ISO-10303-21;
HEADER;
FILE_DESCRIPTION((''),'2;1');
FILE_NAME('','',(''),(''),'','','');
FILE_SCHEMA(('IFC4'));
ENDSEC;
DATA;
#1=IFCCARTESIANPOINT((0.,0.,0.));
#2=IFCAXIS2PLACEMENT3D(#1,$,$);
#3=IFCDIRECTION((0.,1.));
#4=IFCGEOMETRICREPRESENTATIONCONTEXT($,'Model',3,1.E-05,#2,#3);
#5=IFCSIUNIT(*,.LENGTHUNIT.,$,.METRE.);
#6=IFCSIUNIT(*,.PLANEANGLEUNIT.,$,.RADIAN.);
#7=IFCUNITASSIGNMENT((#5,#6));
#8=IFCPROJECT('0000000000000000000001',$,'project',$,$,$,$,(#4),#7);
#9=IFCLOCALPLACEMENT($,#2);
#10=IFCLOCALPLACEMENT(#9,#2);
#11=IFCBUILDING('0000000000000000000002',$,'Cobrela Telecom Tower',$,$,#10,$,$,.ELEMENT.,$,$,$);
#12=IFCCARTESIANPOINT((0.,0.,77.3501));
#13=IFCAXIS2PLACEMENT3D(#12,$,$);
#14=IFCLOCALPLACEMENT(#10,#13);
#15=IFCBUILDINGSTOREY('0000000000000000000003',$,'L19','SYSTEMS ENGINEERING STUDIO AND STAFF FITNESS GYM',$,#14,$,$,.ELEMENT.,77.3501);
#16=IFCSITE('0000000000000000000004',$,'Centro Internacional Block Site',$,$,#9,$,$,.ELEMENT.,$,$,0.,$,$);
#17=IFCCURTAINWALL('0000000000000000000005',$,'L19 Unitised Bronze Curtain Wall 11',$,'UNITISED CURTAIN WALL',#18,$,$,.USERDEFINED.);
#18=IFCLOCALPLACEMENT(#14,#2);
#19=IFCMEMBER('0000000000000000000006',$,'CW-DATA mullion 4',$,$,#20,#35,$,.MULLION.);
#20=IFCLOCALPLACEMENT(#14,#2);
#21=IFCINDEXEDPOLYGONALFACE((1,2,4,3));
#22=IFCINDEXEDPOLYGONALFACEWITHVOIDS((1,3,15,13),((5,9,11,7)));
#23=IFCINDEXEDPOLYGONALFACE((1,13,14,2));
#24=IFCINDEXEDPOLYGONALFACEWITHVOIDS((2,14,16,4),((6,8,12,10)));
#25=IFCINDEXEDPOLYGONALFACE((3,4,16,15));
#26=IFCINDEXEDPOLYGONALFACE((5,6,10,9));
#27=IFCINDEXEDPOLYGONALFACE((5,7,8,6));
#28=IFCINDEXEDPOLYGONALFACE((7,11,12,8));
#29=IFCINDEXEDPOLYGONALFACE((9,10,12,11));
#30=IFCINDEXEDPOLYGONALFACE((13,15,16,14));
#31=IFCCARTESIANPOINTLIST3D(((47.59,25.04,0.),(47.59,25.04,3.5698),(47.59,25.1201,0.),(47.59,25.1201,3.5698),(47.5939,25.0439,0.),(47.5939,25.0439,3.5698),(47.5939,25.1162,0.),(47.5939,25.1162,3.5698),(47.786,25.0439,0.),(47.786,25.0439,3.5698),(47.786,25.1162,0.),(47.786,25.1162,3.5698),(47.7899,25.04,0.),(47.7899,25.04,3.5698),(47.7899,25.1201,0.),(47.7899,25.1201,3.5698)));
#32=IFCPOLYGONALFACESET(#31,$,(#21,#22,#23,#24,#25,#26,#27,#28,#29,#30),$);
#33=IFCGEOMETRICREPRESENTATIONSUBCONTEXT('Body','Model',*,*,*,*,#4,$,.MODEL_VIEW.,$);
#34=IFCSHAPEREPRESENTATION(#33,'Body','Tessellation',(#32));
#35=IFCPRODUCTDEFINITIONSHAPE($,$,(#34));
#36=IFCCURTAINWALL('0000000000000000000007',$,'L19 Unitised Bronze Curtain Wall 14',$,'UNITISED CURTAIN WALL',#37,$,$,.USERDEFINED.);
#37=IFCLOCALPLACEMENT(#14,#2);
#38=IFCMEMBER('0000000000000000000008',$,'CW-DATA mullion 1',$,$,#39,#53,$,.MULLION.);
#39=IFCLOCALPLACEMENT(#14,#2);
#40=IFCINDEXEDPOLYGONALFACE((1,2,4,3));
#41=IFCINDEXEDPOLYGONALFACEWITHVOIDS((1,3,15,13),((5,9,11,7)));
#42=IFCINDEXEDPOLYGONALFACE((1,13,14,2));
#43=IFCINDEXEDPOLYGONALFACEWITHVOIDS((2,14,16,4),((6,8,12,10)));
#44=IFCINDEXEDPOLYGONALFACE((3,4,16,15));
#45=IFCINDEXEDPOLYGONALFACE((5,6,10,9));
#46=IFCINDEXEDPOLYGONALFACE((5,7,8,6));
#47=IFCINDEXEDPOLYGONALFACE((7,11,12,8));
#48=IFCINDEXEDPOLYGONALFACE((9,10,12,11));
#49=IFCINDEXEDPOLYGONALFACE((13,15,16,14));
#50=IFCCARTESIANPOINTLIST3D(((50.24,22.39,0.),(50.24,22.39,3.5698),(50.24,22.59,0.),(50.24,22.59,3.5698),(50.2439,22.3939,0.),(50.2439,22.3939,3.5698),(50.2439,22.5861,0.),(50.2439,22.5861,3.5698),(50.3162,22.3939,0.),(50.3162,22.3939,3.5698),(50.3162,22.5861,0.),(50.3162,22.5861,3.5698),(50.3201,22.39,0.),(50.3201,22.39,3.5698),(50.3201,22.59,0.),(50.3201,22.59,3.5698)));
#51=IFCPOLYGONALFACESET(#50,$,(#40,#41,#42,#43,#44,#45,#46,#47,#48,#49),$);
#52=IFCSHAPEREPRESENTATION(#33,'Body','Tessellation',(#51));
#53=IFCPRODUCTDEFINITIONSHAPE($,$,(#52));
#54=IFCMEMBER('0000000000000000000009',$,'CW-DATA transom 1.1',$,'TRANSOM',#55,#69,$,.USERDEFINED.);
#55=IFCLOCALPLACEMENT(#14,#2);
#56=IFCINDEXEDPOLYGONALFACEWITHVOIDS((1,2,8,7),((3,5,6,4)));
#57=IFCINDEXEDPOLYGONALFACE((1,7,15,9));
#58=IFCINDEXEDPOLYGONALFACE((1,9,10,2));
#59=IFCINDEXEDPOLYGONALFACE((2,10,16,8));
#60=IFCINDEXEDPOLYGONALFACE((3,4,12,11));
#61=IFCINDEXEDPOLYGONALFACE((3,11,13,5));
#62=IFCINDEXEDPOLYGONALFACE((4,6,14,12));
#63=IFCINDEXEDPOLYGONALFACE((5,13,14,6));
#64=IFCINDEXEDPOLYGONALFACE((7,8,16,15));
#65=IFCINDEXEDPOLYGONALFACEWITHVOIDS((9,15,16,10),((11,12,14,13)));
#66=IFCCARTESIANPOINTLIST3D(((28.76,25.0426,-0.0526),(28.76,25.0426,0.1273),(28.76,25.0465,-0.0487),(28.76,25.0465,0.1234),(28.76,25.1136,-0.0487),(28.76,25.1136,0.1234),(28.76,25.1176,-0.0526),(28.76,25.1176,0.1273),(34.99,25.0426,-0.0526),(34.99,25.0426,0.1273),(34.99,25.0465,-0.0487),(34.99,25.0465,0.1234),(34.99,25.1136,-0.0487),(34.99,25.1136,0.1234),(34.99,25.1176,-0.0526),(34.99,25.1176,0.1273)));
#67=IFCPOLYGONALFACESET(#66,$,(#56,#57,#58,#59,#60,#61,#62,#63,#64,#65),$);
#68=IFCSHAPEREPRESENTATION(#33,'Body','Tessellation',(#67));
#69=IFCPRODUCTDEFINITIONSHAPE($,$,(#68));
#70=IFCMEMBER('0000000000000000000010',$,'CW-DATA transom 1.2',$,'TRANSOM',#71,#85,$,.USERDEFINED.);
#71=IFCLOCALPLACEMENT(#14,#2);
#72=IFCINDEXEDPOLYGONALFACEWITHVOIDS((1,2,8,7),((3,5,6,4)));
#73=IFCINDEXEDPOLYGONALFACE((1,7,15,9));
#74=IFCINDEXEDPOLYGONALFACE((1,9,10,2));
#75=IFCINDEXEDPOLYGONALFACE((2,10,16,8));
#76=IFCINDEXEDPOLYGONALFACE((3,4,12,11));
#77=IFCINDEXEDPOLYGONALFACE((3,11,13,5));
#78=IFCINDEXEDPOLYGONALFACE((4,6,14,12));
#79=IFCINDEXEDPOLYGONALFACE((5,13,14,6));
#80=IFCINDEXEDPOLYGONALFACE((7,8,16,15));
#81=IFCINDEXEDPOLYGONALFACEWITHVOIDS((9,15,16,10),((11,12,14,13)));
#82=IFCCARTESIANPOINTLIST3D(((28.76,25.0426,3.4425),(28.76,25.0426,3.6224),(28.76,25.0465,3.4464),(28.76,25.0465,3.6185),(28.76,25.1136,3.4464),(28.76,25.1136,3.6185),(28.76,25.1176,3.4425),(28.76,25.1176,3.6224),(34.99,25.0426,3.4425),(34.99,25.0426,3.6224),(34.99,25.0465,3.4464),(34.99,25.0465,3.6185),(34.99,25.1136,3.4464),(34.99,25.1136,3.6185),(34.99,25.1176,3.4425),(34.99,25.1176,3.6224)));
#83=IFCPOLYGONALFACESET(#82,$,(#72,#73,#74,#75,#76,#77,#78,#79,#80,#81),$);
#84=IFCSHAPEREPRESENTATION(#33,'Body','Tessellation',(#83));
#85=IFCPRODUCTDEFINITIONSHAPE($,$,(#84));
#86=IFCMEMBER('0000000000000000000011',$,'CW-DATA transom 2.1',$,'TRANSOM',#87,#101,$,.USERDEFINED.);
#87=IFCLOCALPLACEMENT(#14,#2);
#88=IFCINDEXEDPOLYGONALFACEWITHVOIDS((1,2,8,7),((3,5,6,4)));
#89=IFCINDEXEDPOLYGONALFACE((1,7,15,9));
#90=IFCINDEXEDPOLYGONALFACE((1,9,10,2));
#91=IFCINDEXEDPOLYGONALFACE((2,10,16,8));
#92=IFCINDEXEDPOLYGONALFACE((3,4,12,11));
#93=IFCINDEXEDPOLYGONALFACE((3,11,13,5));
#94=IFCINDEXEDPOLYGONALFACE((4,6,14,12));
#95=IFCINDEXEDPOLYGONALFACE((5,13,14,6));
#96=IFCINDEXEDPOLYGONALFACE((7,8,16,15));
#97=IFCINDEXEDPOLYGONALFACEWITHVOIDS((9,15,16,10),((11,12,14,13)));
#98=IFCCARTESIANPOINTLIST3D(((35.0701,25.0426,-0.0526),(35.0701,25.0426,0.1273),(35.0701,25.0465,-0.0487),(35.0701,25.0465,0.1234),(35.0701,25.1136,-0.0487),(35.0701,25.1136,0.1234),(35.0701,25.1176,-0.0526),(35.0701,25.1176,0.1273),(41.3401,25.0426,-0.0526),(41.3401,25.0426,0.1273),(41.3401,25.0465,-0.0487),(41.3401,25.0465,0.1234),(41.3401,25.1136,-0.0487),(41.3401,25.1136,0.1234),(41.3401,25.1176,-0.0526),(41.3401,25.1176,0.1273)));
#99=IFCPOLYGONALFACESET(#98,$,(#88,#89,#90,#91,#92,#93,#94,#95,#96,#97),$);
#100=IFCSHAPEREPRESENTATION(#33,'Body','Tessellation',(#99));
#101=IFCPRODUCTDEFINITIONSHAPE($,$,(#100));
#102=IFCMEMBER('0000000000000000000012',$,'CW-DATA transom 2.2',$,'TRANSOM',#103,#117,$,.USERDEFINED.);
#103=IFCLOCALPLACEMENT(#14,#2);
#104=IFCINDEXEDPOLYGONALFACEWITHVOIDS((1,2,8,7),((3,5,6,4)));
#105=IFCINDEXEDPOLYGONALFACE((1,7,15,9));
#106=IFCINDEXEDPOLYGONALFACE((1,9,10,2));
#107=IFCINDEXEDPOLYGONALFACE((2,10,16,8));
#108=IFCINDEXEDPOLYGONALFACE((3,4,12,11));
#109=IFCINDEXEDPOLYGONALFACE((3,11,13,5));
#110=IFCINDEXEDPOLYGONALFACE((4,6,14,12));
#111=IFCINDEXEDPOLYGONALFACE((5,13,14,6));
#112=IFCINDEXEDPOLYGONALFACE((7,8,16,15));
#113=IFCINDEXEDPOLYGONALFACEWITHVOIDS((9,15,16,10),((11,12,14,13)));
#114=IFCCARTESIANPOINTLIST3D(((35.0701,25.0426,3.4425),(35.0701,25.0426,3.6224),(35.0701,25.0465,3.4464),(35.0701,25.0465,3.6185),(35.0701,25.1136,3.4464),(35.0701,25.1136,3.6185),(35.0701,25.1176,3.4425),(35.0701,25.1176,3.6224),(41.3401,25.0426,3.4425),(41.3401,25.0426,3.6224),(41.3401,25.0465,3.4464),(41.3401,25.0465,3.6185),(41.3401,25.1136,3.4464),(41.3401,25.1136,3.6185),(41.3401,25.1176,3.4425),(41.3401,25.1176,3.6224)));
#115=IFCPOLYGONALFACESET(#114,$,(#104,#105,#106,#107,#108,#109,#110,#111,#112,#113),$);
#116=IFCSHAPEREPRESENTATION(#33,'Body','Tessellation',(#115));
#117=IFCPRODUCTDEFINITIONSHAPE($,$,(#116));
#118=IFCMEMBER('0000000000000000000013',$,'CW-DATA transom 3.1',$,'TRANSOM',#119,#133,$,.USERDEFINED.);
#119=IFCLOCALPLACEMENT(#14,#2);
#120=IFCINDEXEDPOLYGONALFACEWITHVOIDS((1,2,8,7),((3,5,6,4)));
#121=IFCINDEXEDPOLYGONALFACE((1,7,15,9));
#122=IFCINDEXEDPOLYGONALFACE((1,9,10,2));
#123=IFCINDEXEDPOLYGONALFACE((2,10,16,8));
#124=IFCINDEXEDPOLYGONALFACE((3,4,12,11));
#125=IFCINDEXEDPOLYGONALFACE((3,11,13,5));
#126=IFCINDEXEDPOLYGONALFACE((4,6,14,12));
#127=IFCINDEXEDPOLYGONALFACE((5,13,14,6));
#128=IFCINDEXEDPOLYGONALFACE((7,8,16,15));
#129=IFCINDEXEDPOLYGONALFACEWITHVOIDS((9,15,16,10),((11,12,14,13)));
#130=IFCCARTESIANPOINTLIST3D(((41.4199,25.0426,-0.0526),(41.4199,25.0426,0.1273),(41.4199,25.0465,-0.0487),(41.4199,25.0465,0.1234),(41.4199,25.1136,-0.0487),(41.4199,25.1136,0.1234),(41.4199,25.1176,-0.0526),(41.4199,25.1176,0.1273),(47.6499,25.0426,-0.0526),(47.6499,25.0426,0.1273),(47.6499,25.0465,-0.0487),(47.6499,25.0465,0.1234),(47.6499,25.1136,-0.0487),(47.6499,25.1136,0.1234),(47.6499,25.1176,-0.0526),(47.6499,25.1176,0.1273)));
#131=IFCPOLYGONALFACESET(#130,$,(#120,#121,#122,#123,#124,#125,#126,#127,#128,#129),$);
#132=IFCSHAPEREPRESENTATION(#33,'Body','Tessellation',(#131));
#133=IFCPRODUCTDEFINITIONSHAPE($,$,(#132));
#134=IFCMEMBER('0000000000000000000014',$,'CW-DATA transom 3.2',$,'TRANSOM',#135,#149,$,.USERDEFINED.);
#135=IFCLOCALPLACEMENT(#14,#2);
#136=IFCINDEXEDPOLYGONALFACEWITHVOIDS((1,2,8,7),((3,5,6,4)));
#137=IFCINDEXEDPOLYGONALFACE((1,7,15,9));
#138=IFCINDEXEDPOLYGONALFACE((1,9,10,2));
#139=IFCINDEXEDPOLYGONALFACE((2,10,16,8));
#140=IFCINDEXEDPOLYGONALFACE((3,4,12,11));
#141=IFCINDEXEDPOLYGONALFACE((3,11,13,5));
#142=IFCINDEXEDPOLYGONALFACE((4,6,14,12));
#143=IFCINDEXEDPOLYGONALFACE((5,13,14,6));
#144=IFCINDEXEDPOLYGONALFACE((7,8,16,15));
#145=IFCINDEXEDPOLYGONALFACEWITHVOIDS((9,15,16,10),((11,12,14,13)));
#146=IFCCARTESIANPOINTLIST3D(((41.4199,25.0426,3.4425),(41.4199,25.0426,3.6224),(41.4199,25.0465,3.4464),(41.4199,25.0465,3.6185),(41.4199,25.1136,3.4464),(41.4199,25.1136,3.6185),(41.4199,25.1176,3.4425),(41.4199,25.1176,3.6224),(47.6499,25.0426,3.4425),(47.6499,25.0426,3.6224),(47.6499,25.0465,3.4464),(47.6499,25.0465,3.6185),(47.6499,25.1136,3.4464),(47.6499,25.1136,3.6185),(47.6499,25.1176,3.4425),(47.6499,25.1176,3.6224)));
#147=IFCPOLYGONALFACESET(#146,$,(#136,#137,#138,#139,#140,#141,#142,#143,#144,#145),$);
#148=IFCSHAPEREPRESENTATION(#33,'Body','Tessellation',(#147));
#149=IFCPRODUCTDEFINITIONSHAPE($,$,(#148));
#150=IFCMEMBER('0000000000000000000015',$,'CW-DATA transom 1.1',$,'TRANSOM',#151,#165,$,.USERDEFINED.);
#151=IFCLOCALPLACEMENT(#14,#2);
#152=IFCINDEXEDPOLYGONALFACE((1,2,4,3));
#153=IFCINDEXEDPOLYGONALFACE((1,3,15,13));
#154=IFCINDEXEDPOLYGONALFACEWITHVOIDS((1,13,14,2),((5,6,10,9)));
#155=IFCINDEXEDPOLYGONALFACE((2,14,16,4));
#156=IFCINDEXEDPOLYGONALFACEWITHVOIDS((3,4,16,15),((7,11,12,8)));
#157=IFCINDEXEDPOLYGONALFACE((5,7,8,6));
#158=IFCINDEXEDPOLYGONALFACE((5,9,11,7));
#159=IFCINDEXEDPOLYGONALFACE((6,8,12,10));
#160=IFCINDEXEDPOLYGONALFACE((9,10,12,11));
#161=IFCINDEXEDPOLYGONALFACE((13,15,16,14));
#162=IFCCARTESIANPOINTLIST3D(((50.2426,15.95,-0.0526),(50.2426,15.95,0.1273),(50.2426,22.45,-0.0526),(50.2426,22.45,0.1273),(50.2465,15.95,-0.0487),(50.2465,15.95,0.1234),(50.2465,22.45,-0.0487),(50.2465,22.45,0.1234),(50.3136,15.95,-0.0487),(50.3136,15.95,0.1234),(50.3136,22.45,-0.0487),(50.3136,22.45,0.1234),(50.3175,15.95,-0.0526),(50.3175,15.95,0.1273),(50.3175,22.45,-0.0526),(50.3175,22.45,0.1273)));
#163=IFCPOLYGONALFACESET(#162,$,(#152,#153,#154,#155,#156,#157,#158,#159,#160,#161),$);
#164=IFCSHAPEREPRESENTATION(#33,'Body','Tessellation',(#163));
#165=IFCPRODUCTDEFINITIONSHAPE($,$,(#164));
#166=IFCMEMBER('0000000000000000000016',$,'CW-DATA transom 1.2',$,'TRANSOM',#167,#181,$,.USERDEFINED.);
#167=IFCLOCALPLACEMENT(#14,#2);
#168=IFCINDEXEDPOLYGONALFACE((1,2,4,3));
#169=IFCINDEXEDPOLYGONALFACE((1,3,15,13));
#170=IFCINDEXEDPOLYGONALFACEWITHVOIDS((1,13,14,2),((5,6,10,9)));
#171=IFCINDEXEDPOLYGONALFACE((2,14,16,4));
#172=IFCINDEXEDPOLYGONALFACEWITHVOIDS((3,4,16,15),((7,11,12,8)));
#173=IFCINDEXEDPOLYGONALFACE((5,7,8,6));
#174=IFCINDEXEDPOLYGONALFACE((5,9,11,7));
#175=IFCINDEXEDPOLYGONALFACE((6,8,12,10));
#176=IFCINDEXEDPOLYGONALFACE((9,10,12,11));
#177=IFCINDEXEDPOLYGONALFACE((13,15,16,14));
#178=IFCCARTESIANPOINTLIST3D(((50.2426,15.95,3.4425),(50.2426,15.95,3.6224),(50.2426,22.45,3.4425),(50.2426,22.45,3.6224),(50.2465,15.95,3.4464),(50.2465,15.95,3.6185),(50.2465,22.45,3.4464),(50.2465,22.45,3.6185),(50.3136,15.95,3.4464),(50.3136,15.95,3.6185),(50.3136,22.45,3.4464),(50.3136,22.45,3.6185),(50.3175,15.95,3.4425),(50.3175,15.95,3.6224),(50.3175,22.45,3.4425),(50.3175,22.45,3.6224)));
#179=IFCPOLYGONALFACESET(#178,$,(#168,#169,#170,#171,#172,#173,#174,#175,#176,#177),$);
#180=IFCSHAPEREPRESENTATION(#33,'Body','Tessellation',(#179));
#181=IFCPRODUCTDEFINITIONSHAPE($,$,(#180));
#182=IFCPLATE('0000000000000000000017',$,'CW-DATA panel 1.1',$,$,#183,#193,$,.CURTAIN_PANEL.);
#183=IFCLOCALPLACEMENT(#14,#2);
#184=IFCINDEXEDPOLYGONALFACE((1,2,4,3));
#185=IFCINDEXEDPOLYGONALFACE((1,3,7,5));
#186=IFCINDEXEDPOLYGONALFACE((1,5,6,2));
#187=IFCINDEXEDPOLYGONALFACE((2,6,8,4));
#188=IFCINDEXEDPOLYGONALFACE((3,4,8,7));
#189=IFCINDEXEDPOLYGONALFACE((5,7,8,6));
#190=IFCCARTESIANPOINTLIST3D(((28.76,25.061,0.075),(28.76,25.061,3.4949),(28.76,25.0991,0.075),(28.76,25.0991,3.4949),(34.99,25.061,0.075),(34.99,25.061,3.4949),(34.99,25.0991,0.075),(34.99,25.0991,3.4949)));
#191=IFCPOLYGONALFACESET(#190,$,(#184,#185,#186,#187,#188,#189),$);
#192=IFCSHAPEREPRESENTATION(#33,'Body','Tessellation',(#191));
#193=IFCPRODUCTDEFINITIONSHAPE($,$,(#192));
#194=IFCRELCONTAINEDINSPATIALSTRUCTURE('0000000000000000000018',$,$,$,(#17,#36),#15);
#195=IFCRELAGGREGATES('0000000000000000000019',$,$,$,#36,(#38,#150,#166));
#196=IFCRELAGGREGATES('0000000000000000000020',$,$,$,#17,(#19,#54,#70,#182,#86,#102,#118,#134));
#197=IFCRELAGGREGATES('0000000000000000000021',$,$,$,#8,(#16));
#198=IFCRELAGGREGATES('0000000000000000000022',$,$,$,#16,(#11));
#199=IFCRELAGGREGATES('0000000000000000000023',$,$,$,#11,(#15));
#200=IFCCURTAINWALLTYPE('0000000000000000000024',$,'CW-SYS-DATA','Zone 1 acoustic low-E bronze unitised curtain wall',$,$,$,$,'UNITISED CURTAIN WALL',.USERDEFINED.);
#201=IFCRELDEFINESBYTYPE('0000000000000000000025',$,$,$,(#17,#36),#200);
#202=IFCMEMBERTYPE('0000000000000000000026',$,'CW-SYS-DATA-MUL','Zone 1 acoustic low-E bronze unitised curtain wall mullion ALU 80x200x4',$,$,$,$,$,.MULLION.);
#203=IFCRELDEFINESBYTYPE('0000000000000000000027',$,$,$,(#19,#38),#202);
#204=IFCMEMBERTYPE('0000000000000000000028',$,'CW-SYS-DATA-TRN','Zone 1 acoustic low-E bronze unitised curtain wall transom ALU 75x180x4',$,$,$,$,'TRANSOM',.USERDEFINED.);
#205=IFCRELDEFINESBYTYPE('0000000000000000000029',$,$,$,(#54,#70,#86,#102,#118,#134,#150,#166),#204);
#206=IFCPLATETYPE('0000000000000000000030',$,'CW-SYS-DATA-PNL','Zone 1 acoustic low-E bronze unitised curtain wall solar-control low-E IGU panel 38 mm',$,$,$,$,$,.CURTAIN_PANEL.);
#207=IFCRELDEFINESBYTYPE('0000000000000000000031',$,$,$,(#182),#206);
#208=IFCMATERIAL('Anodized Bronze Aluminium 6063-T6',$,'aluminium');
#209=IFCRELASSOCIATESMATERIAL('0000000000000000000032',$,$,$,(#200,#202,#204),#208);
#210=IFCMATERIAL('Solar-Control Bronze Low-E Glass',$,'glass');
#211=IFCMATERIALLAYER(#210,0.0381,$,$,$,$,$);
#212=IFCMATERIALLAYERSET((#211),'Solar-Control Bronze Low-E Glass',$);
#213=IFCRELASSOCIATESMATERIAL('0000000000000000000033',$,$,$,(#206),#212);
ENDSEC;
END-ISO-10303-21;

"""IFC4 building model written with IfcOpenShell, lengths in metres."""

from ifc_helpers import new_model, si_unit, direction, frame, origin, origin_2d, place, context, subcontext, project, spatial, rectangle, hollow_rectangle, extrude, material, layer, layer_set, material_profile, profile_set, type_object, element, aggregate, save


model = new_model("IFC4")

# Units and contexts
model_context = context("Model", 3, precision=1e-05, world=origin(), true_north=direction((0.0, 1.0)))
body_context = subcontext(model_context, "Body", "Model", "MODEL_VIEW")
ifc_project = project(units=[si_unit("LENGTHUNIT", "METRE"), si_unit("PLANEANGLEUNIT", "RADIAN")], contexts=[model_context])

# Site, building, storey
site_placement = place(None, origin())
site = spatial("IfcSite", under=ifc_project, at=site_placement, Name="Centro Internacional Block Site", CompositionType="ELEMENT", RefElevation=0.0)
building_placement = place(site_placement, origin())
building = spatial("IfcBuilding", under=site, at=building_placement, Name="Cobrela Telecom Tower", CompositionType="ELEMENT")
storey_placement = place(building_placement, frame((0.0, 0.0, 77.3501)))
storey = spatial("IfcBuildingStorey", under=building, at=storey_placement, Name="L19", Description="SYSTEMS ENGINEERING STUDIO AND STAFF FITNESS GYM", CompositionType="ELEMENT", Elevation=77.3501)

# Shared definitions
ifc_material_1 = material(Name="Anodized Bronze Aluminium 6063-T6", Category="aluminium")
curtain_wall_type = type_object("IfcCurtainWallType", Name="CW-SYS-DATA", Description="Zone 1 acoustic low-E bronze unitised curtain wall", ElementType="UNITISED CURTAIN WALL", PredefinedType="USERDEFINED", material=ifc_material_1)
ifc_material_profile_1 = material_profile(ifc_material_1, hollow_rectangle(XDim=0.0801, YDim=0.2, WallThickness=0.0039, at=origin_2d()), Name="ALU 80x200x4")
ifc_profile_set_1 = profile_set([ifc_material_profile_1], Name="Anodized Bronze Aluminium 6063-T6")
member_type_1 = type_object("IfcMemberType", Name="CW-SYS-DATA-MUL", Description="Zone 1 acoustic low-E bronze unitised curtain wall mullion ALU 80x200x4", PredefinedType="MULLION", material=ifc_profile_set_1)

# Curtain wall, member
curtain_wall_1_placement = place(storey_placement, origin())
curtain_wall_1 = element("IfcCurtainWall", 1, at=curtain_wall_1_placement, inside=storey, type_object=curtain_wall_type, Name="L19 Unitised Bronze Curtain Wall 11", ObjectType="UNITISED CURTAIN WALL", PredefinedType="USERDEFINED")
member_1_placement = place(storey_placement, frame((47.6899, 25.0801, 0.0), z_axis=(0.0, 0.0, 1.0), x_axis=(0.0, 1.0, 0.0)))
member_1 = element("IfcMember", 2, at=member_1_placement, type_object=member_type_1, Name="CW-DATA mullion 4", PredefinedType="MULLION", context=body_context, shape_type="SweptSolid", body=[
    extrude(hollow_rectangle(XDim=0.0801, YDim=0.2, WallThickness=0.0039, at=origin_2d()), origin(), (0.0, 0.0, 1.0), 3.5698),
])

# Curtain wall, member
curtain_wall_2_placement = place(storey_placement, origin())
curtain_wall_2 = element("IfcCurtainWall", 3, at=curtain_wall_2_placement, inside=storey, type_object=curtain_wall_type, Name="L19 Unitised Bronze Curtain Wall 14", ObjectType="UNITISED CURTAIN WALL", PredefinedType="USERDEFINED")
member_2_placement = place(storey_placement, frame((50.28, 22.49, 0.0), z_axis=(0.0, 0.0, 1.0), x_axis=(1.0, 0.0, 0.0)))
member_2 = element("IfcMember", 4, at=member_2_placement, type_object=member_type_1, Name="CW-DATA mullion 1", PredefinedType="MULLION", context=body_context, shape_type="SweptSolid", body=[
    extrude(hollow_rectangle(XDim=0.0801, YDim=0.2, WallThickness=0.0039, at=origin_2d()), origin(), (0.0, 0.0, 1.0), 3.5698),
])

# Members
ifc_material_profile_2 = material_profile(ifc_material_1, hollow_rectangle(XDim=0.075, YDim=0.1799, WallThickness=0.0039, at=origin_2d()), Name="ALU 75x180x4")
ifc_profile_set_2 = profile_set([ifc_material_profile_2], Name="Anodized Bronze Aluminium 6063-T6")
member_type_2 = type_object("IfcMemberType", Name="CW-SYS-DATA-TRN", Description="Zone 1 acoustic low-E bronze unitised curtain wall transom ALU 75x180x4", ElementType="TRANSOM", PredefinedType="USERDEFINED", material=ifc_profile_set_2)
member_3_placement = place(storey_placement, frame((28.76, 25.0801, 0.0374), z_axis=(1.0, 0.0, 0.0), x_axis=(0.0, 1.0, 0.0)))
member_3 = element("IfcMember", 5, at=member_3_placement, type_object=member_type_2, Name="CW-DATA transom 1.1", ObjectType="TRANSOM", PredefinedType="USERDEFINED", context=body_context, shape_type="SweptSolid", body=[
    extrude(hollow_rectangle(XDim=0.075, YDim=0.1799, WallThickness=0.0039, at=origin_2d()), origin(), (0.0, 0.0, 1.0), 6.23),
])
member_4_placement = place(storey_placement, frame((28.76, 25.0801, 3.5325), z_axis=(1.0, 0.0, 0.0), x_axis=(0.0, 1.0, 0.0)))
member_4 = element("IfcMember", 6, at=member_4_placement, type_object=member_type_2, Name="CW-DATA transom 1.2", ObjectType="TRANSOM", PredefinedType="USERDEFINED", context=body_context, shape_type="SweptSolid", body=[
    extrude(hollow_rectangle(XDim=0.075, YDim=0.1799, WallThickness=0.0039, at=origin_2d()), origin(), (0.0, 0.0, 1.0), 6.23),
])
member_5_placement = place(storey_placement, frame((35.0701, 25.0801, 0.0374), z_axis=(1.0, 0.0, 0.0), x_axis=(0.0, 1.0, 0.0)))
member_5 = element("IfcMember", 7, at=member_5_placement, type_object=member_type_2, Name="CW-DATA transom 2.1", ObjectType="TRANSOM", PredefinedType="USERDEFINED", context=body_context, shape_type="SweptSolid", body=[
    extrude(hollow_rectangle(XDim=0.075, YDim=0.1799, WallThickness=0.0039, at=origin_2d()), origin(), (0.0, 0.0, 1.0), 6.27),
])
member_6_placement = place(storey_placement, frame((35.0701, 25.0801, 3.5325), z_axis=(1.0, 0.0, 0.0), x_axis=(0.0, 1.0, 0.0)))
member_6 = element("IfcMember", 8, at=member_6_placement, type_object=member_type_2, Name="CW-DATA transom 2.2", ObjectType="TRANSOM", PredefinedType="USERDEFINED", context=body_context, shape_type="SweptSolid", body=[
    extrude(hollow_rectangle(XDim=0.075, YDim=0.1799, WallThickness=0.0039, at=origin_2d()), origin(), (0.0, 0.0, 1.0), 6.27),
])
member_7_placement = place(storey_placement, frame((41.4199, 25.0801, 0.0374), z_axis=(1.0, 0.0, 0.0), x_axis=(0.0, 1.0, 0.0)))
member_7 = element("IfcMember", 9, at=member_7_placement, type_object=member_type_2, Name="CW-DATA transom 3.1", ObjectType="TRANSOM", PredefinedType="USERDEFINED", context=body_context, shape_type="SweptSolid", body=[
    extrude(hollow_rectangle(XDim=0.075, YDim=0.1799, WallThickness=0.0039, at=origin_2d()), origin(), (0.0, 0.0, 1.0), 6.23),
])
member_8_placement = place(storey_placement, frame((41.4199, 25.0801, 3.5325), z_axis=(1.0, 0.0, 0.0), x_axis=(0.0, 1.0, 0.0)))
member_8 = element("IfcMember", 10, at=member_8_placement, type_object=member_type_2, Name="CW-DATA transom 3.2", ObjectType="TRANSOM", PredefinedType="USERDEFINED", context=body_context, shape_type="SweptSolid", body=[
    extrude(hollow_rectangle(XDim=0.075, YDim=0.1799, WallThickness=0.0039, at=origin_2d()), origin(), (0.0, 0.0, 1.0), 6.23),
])
member_9_placement = place(storey_placement, frame((50.28, 22.45, 0.0374), z_axis=(0.0, -1.0, 0.0), x_axis=(1.0, 0.0, 0.0)))
member_9 = element("IfcMember", 11, at=member_9_placement, type_object=member_type_2, Name="CW-DATA transom 1.1", ObjectType="TRANSOM", PredefinedType="USERDEFINED", context=body_context, shape_type="SweptSolid", body=[
    extrude(hollow_rectangle(XDim=0.075, YDim=0.1799, WallThickness=0.0039, at=origin_2d()), origin(), (0.0, 0.0, 1.0), 6.5),
])
member_10_placement = place(storey_placement, frame((50.28, 22.45, 3.5325), z_axis=(0.0, -1.0, 0.0), x_axis=(1.0, 0.0, 0.0)))
member_10 = element("IfcMember", 12, at=member_10_placement, type_object=member_type_2, Name="CW-DATA transom 1.2", ObjectType="TRANSOM", PredefinedType="USERDEFINED", context=body_context, shape_type="SweptSolid", body=[
    extrude(hollow_rectangle(XDim=0.075, YDim=0.1799, WallThickness=0.0039, at=origin_2d()), origin(), (0.0, 0.0, 1.0), 6.5),
])
aggregate(curtain_wall_2, [member_2, member_9, member_10])

# Plate
ifc_material_2 = material(Name="Solar-Control Bronze Low-E Glass", Category="glass")
ifc_layer_1 = layer(ifc_material_2, 0.0381)
ifc_layer_set_1 = layer_set([ifc_layer_1], Name="Solar-Control Bronze Low-E Glass")
plate_type = type_object("IfcPlateType", Name="CW-SYS-DATA-PNL", Description="Zone 1 acoustic low-E bronze unitised curtain wall solar-control low-E IGU panel 38 mm", PredefinedType="CURTAIN_PANEL", material=ifc_layer_set_1)
plate_1_placement = place(storey_placement, frame((31.875, 25.0801, 0.075), z_axis=(0.0, 0.0, 1.0), x_axis=(1.0, 0.0, 0.0)))
plate_1 = element("IfcPlate", 13, at=plate_1_placement, type_object=plate_type, Name="CW-DATA panel 1.1", PredefinedType="CURTAIN_PANEL", context=body_context, shape_type="SweptSolid", body=[
    extrude(rectangle(XDim=6.23, YDim=0.0381, at=origin_2d()), origin(), (0.0, 0.0, 1.0), 3.4199),
])
aggregate(curtain_wall_1, [member_1, member_3, member_4, plate_1, member_5, member_6, member_7, member_8])

save(model, "model.ifc")
